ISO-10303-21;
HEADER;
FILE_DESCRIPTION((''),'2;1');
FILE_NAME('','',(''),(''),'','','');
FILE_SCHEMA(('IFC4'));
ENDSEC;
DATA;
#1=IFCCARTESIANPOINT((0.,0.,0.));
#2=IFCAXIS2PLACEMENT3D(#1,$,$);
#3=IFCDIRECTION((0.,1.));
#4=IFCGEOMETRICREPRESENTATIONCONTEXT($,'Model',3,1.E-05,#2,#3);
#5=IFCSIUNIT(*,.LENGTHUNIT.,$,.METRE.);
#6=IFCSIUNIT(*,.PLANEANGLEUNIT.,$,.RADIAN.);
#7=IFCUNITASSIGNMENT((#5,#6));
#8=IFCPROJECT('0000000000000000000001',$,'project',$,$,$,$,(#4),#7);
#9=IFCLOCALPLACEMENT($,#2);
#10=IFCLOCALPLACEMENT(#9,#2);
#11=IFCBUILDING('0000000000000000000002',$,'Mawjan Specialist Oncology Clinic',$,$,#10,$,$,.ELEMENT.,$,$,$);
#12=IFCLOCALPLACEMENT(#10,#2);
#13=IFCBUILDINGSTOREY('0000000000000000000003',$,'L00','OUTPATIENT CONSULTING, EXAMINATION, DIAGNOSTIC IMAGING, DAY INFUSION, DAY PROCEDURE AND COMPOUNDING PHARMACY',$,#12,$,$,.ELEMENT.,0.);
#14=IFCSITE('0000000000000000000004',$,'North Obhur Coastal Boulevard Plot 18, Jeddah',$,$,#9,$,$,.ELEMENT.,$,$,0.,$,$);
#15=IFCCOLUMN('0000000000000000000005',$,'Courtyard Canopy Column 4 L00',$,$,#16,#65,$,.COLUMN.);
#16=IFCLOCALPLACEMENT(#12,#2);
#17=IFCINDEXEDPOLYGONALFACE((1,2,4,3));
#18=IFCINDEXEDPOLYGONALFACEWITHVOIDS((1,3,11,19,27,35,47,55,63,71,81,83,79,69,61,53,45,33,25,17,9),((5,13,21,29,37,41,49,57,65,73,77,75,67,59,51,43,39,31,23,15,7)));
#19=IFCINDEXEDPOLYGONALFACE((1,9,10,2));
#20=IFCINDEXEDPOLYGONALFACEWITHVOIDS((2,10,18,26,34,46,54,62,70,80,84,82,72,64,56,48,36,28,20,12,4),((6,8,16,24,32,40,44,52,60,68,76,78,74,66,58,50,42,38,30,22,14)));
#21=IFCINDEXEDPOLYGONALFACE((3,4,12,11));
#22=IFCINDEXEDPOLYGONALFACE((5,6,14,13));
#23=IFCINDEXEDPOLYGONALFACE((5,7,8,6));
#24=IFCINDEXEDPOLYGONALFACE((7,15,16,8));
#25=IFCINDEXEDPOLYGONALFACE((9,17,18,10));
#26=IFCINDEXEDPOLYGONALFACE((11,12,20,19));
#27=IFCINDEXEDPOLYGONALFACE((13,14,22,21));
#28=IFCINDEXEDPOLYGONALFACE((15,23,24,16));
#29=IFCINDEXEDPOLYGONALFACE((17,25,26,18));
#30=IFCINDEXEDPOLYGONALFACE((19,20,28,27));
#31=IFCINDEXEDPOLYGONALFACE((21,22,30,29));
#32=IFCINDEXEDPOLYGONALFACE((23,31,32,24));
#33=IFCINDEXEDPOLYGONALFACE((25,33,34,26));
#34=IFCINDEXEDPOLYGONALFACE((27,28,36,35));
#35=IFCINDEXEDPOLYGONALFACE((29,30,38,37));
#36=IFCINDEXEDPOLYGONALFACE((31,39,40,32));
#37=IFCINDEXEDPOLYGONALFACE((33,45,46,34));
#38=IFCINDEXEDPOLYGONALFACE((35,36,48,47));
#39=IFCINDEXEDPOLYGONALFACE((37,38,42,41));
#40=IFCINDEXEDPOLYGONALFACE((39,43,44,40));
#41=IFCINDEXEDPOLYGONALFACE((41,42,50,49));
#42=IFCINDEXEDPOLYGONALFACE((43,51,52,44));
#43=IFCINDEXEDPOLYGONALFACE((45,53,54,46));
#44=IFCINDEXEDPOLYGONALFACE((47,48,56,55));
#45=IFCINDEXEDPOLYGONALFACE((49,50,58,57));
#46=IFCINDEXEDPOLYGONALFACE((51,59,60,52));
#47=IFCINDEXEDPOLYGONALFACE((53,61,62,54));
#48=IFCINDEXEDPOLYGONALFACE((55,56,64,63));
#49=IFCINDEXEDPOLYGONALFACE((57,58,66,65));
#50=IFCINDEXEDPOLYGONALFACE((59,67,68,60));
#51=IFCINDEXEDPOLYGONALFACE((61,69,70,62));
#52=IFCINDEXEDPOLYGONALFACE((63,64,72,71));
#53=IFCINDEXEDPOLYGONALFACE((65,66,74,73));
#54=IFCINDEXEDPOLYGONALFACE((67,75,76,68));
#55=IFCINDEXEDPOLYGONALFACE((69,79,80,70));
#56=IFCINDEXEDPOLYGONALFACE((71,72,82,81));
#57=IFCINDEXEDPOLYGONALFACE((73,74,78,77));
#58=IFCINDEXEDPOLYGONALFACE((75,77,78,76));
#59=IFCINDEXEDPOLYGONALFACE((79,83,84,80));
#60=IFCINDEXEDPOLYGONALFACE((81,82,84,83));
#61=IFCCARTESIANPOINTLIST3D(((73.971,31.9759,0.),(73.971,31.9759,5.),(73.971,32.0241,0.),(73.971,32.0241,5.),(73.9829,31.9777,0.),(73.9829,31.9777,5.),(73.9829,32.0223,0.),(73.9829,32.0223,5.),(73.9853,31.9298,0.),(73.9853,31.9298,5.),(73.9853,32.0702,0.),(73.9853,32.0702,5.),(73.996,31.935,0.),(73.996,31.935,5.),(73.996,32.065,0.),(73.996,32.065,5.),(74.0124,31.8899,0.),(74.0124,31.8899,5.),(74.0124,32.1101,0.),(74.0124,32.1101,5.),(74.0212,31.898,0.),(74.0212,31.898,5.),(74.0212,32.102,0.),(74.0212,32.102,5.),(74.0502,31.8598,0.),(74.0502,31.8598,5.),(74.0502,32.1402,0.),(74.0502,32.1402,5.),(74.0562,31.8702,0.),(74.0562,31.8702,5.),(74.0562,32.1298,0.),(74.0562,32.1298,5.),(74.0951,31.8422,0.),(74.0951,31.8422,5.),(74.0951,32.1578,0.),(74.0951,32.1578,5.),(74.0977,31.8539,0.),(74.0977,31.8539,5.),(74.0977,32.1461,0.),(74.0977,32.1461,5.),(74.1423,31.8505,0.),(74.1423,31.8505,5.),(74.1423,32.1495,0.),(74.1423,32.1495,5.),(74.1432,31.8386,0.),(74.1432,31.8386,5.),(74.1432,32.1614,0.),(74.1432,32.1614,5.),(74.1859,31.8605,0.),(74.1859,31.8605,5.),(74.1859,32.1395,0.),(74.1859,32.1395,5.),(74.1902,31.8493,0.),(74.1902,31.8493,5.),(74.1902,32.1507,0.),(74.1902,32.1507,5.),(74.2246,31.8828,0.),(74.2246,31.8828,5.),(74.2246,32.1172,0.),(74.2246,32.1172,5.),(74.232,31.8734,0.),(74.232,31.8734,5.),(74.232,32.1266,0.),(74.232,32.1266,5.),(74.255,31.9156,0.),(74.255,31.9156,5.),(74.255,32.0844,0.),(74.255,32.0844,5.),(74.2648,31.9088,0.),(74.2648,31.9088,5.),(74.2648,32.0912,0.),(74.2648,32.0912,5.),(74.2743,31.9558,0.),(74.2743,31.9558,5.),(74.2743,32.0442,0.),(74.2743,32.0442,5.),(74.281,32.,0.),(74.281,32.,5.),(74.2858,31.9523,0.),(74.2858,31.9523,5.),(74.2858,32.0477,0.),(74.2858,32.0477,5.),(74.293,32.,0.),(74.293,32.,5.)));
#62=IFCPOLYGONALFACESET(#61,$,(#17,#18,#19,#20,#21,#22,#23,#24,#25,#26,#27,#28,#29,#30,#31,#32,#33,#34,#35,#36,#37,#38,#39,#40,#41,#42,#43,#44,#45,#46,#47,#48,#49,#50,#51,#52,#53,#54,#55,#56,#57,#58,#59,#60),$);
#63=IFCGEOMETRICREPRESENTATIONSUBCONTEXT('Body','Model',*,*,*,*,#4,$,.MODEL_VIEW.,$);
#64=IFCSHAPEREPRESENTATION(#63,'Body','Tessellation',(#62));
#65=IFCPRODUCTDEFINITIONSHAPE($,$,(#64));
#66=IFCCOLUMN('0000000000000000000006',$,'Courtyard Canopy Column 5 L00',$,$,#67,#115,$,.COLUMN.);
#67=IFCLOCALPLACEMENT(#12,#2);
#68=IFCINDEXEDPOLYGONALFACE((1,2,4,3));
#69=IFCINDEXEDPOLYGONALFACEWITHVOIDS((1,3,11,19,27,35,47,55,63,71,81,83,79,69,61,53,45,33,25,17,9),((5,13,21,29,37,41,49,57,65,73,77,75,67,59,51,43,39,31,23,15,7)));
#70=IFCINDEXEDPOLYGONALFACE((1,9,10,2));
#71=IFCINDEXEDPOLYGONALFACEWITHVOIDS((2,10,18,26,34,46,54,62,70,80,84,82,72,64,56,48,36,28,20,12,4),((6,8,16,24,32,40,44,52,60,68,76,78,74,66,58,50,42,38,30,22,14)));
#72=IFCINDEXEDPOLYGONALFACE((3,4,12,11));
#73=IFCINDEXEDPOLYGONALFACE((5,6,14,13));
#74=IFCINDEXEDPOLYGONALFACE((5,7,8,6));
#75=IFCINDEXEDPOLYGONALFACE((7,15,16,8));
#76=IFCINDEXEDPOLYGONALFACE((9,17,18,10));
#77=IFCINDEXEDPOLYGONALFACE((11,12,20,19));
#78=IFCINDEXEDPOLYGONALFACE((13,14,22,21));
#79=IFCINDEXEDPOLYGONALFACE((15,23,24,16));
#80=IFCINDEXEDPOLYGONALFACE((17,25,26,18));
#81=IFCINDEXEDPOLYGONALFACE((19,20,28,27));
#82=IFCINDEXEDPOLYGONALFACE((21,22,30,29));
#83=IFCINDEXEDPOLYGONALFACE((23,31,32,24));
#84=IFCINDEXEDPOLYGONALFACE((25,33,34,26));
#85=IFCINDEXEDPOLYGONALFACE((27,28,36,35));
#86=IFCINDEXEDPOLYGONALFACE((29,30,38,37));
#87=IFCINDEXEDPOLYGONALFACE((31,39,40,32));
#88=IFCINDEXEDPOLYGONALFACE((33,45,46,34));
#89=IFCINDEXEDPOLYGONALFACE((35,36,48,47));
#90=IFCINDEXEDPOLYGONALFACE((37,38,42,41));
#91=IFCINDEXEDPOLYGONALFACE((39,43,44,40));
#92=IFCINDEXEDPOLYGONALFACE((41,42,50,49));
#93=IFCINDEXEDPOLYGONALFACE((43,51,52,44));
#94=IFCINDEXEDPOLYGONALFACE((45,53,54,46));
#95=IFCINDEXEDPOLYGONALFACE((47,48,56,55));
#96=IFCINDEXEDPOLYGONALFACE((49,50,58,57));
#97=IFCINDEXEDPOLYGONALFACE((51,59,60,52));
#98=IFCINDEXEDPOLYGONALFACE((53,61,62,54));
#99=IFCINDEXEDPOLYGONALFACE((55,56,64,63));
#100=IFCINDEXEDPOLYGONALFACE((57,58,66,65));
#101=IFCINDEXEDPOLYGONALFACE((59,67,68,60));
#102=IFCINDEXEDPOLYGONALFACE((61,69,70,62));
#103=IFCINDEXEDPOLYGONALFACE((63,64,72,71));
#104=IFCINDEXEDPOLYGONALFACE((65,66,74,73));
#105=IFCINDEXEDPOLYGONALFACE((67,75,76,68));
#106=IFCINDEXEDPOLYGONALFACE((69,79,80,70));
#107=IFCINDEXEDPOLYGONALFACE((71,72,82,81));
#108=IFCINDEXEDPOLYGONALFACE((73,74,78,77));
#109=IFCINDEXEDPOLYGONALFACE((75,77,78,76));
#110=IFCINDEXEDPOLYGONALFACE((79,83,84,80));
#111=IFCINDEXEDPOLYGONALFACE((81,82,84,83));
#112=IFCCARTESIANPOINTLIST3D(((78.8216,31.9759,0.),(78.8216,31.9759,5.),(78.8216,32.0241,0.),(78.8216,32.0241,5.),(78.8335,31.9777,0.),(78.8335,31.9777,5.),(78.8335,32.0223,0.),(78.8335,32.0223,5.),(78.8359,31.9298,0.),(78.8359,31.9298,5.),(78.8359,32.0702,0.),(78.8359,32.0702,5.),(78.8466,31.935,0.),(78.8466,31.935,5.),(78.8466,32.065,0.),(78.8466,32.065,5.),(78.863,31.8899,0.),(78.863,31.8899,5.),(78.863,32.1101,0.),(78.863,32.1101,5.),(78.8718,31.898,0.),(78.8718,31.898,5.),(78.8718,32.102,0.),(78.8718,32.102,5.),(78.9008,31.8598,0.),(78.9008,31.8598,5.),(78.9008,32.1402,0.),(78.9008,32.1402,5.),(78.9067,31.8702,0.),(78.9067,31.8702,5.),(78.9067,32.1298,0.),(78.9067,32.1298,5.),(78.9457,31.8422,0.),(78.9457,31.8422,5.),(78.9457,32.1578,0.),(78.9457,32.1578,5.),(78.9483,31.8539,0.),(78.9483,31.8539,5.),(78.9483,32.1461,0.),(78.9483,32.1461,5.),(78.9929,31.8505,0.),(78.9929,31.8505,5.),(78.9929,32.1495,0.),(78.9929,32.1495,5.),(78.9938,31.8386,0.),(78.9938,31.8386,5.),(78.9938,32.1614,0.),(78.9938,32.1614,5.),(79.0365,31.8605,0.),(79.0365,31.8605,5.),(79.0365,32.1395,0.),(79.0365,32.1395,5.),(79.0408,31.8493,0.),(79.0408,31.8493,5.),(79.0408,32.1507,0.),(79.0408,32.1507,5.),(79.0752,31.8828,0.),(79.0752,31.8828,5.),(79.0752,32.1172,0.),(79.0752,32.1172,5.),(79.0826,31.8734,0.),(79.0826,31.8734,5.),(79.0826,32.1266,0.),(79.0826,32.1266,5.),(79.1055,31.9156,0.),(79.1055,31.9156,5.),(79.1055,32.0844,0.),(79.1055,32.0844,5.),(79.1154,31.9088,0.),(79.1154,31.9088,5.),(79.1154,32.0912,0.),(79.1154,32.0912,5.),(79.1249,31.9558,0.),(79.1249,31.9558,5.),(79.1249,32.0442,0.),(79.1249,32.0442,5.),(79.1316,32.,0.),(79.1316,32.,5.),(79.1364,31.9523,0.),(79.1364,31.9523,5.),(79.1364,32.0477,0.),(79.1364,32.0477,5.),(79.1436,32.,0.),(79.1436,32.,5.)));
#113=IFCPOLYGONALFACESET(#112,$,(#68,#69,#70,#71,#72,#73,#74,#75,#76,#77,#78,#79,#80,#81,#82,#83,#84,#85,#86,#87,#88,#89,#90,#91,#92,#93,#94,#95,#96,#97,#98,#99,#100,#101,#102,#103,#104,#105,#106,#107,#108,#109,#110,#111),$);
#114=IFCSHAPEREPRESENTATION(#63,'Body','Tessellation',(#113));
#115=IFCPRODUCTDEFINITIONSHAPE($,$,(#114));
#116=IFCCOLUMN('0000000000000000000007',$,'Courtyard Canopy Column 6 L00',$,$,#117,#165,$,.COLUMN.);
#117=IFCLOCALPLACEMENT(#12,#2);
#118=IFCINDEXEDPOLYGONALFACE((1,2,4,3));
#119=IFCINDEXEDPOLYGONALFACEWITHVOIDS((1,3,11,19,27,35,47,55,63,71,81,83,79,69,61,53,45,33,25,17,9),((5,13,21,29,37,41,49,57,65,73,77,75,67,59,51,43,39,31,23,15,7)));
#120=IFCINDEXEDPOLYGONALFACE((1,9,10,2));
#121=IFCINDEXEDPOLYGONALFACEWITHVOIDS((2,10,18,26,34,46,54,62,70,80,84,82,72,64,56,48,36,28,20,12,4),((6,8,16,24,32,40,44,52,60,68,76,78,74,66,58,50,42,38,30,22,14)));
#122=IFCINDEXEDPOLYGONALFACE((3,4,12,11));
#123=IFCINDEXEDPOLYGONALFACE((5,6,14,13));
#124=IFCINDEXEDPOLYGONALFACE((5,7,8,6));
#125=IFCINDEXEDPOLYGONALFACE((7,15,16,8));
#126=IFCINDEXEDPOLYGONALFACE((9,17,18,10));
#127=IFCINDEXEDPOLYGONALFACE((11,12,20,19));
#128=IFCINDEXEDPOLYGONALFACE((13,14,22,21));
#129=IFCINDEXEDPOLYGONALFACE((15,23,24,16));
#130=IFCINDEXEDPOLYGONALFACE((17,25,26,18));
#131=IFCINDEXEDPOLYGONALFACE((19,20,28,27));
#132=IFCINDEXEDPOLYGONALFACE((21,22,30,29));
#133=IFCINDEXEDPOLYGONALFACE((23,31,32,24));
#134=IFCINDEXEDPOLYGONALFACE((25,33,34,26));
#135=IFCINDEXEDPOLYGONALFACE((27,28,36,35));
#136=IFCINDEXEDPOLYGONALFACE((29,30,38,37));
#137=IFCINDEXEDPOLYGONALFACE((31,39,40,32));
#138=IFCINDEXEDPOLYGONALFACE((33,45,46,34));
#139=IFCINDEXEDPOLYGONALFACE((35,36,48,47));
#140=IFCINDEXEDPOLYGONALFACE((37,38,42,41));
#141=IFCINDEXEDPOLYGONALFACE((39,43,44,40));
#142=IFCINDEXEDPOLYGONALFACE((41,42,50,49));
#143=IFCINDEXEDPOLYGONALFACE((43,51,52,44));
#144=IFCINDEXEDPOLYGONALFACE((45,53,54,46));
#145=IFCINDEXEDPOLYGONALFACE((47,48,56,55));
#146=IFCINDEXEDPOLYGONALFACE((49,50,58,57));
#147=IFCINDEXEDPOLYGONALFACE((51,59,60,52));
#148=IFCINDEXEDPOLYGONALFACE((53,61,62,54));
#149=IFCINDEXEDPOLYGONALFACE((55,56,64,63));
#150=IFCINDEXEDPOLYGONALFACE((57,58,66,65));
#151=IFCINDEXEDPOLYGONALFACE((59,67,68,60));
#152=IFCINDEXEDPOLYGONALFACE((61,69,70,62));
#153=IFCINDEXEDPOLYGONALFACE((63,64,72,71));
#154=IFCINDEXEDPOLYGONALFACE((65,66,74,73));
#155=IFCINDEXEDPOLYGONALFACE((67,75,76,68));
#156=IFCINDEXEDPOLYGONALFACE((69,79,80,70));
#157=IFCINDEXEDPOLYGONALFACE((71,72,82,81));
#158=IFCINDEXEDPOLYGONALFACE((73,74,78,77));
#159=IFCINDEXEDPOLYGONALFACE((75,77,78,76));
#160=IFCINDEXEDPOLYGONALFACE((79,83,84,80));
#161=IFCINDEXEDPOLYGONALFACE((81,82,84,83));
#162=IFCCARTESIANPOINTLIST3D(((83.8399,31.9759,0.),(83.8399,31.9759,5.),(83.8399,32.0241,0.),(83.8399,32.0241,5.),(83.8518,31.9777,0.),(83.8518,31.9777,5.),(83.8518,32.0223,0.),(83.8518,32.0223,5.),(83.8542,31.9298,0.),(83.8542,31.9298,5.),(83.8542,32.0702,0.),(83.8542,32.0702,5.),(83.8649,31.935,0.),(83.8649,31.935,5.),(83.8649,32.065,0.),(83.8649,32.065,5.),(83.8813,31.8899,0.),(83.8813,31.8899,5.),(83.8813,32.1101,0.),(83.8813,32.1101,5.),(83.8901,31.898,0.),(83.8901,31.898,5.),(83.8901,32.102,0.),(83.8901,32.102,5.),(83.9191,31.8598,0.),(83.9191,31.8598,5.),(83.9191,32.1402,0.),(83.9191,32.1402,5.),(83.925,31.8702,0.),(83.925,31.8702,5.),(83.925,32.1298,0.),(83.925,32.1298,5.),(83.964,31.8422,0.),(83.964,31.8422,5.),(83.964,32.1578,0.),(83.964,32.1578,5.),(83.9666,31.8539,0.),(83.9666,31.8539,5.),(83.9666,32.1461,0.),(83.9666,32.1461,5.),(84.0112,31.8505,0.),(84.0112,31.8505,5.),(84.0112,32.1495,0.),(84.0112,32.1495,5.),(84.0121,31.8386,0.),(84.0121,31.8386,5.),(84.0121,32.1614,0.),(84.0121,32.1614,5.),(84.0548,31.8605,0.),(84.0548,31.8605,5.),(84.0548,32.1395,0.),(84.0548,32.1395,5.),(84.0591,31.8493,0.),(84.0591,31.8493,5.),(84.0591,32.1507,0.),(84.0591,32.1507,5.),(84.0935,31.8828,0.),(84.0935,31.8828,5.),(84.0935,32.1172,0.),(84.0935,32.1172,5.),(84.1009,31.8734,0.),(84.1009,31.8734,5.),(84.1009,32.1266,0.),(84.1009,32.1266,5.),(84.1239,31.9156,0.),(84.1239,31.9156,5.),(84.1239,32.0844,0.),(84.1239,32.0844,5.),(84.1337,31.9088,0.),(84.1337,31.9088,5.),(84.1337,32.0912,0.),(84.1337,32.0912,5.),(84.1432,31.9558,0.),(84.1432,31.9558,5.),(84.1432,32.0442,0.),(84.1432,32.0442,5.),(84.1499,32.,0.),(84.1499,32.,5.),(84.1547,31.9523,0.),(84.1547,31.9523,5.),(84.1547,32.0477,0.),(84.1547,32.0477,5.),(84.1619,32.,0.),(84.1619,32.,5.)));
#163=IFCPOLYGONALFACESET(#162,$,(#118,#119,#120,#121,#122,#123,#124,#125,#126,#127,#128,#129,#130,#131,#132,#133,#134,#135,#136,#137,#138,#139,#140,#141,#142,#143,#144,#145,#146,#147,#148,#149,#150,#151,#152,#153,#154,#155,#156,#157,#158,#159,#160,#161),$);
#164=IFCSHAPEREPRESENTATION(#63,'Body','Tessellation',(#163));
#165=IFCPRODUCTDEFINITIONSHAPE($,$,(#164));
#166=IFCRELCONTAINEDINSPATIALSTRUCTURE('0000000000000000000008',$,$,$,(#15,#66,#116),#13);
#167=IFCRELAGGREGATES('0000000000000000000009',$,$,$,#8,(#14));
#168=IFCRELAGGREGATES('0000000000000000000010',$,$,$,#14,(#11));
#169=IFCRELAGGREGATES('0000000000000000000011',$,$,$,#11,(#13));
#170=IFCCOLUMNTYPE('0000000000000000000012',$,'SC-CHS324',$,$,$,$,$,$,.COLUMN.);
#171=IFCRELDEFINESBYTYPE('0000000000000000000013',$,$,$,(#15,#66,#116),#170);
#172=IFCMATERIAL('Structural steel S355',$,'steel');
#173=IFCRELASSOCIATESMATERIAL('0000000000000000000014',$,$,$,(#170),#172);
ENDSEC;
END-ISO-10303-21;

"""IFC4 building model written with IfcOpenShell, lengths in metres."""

from ifc_helpers import new_model, si_unit, direction, frame, origin, origin_2d, place, context, subcontext, project, spatial, hollow_circle, extrude, material, material_profile, profile_set, type_object, element, save


model = new_model("IFC4")

# Units and contexts
model_context = context("Model", 3, precision=1e-05, world=origin(), true_north=direction((0.0, 1.0)))
body_context = subcontext(model_context, "Body", "Model", "MODEL_VIEW")
ifc_project = project(units=[si_unit("LENGTHUNIT", "METRE"), si_unit("PLANEANGLEUNIT", "RADIAN")], contexts=[model_context])

# Site, building, storey
site_placement = place(None, origin())
site = spatial("IfcSite", under=ifc_project, at=site_placement, Name="North Obhur Coastal Boulevard Plot 18, Jeddah", CompositionType="ELEMENT", RefElevation=0.0)
building_placement = place(site_placement, origin())
building = spatial("IfcBuilding", under=site, at=building_placement, Name="Mawjan Specialist Oncology Clinic", CompositionType="ELEMENT")
storey_placement = place(building_placement, origin())
storey = spatial("IfcBuildingStorey", under=building, at=storey_placement, Name="L00", Description="OUTPATIENT CONSULTING, EXAMINATION, DIAGNOSTIC IMAGING, DAY INFUSION, DAY PROCEDURE AND COMPOUNDING PHARMACY", CompositionType="ELEMENT", Elevation=0.0)

# Columns
ifc_material_1 = material(Name="Structural steel S355", Category="steel")
ifc_material_profile_1 = material_profile(ifc_material_1, hollow_circle(Radius=0.1619, WallThickness=0.012, at=origin_2d()), Name="CHS 323.9x12", Category="steel")
ifc_profile_set_1 = profile_set([ifc_material_profile_1], Name="Structural steel S355")
column_type = type_object("IfcColumnType", Name="SC-CHS324", PredefinedType="COLUMN", material=ifc_profile_set_1)
for number, where, z_axis, x_axis, name in (
    (1, (74.1311, 32.0, 0.0), (0.0, 0.0, 1.0), (1.0, 0.0, 0.0), "Courtyard Canopy Column 4 L00"),
    (2, (78.9817, 32.0, 0.0), (0.0, 0.0, 1.0), (1.0, 0.0, 0.0), "Courtyard Canopy Column 5 L00"),
    (3, (84.0, 32.0, 0.0), (0.0, 0.0, 1.0), (1.0, 0.0, 0.0), "Courtyard Canopy Column 6 L00"),
):
    element("IfcColumn", number, at=place(storey_placement, frame(where, z_axis=z_axis, x_axis=x_axis)), inside=storey, type_object=column_type, Name=name, PredefinedType="COLUMN", context=body_context, shape_type="SweptSolid", body=[
        extrude(hollow_circle(Radius=0.1619, WallThickness=0.012, at=origin_2d()), origin(), (0.0, 0.0, 1.0), 5.0),
    ])

save(model, "model.ifc")
